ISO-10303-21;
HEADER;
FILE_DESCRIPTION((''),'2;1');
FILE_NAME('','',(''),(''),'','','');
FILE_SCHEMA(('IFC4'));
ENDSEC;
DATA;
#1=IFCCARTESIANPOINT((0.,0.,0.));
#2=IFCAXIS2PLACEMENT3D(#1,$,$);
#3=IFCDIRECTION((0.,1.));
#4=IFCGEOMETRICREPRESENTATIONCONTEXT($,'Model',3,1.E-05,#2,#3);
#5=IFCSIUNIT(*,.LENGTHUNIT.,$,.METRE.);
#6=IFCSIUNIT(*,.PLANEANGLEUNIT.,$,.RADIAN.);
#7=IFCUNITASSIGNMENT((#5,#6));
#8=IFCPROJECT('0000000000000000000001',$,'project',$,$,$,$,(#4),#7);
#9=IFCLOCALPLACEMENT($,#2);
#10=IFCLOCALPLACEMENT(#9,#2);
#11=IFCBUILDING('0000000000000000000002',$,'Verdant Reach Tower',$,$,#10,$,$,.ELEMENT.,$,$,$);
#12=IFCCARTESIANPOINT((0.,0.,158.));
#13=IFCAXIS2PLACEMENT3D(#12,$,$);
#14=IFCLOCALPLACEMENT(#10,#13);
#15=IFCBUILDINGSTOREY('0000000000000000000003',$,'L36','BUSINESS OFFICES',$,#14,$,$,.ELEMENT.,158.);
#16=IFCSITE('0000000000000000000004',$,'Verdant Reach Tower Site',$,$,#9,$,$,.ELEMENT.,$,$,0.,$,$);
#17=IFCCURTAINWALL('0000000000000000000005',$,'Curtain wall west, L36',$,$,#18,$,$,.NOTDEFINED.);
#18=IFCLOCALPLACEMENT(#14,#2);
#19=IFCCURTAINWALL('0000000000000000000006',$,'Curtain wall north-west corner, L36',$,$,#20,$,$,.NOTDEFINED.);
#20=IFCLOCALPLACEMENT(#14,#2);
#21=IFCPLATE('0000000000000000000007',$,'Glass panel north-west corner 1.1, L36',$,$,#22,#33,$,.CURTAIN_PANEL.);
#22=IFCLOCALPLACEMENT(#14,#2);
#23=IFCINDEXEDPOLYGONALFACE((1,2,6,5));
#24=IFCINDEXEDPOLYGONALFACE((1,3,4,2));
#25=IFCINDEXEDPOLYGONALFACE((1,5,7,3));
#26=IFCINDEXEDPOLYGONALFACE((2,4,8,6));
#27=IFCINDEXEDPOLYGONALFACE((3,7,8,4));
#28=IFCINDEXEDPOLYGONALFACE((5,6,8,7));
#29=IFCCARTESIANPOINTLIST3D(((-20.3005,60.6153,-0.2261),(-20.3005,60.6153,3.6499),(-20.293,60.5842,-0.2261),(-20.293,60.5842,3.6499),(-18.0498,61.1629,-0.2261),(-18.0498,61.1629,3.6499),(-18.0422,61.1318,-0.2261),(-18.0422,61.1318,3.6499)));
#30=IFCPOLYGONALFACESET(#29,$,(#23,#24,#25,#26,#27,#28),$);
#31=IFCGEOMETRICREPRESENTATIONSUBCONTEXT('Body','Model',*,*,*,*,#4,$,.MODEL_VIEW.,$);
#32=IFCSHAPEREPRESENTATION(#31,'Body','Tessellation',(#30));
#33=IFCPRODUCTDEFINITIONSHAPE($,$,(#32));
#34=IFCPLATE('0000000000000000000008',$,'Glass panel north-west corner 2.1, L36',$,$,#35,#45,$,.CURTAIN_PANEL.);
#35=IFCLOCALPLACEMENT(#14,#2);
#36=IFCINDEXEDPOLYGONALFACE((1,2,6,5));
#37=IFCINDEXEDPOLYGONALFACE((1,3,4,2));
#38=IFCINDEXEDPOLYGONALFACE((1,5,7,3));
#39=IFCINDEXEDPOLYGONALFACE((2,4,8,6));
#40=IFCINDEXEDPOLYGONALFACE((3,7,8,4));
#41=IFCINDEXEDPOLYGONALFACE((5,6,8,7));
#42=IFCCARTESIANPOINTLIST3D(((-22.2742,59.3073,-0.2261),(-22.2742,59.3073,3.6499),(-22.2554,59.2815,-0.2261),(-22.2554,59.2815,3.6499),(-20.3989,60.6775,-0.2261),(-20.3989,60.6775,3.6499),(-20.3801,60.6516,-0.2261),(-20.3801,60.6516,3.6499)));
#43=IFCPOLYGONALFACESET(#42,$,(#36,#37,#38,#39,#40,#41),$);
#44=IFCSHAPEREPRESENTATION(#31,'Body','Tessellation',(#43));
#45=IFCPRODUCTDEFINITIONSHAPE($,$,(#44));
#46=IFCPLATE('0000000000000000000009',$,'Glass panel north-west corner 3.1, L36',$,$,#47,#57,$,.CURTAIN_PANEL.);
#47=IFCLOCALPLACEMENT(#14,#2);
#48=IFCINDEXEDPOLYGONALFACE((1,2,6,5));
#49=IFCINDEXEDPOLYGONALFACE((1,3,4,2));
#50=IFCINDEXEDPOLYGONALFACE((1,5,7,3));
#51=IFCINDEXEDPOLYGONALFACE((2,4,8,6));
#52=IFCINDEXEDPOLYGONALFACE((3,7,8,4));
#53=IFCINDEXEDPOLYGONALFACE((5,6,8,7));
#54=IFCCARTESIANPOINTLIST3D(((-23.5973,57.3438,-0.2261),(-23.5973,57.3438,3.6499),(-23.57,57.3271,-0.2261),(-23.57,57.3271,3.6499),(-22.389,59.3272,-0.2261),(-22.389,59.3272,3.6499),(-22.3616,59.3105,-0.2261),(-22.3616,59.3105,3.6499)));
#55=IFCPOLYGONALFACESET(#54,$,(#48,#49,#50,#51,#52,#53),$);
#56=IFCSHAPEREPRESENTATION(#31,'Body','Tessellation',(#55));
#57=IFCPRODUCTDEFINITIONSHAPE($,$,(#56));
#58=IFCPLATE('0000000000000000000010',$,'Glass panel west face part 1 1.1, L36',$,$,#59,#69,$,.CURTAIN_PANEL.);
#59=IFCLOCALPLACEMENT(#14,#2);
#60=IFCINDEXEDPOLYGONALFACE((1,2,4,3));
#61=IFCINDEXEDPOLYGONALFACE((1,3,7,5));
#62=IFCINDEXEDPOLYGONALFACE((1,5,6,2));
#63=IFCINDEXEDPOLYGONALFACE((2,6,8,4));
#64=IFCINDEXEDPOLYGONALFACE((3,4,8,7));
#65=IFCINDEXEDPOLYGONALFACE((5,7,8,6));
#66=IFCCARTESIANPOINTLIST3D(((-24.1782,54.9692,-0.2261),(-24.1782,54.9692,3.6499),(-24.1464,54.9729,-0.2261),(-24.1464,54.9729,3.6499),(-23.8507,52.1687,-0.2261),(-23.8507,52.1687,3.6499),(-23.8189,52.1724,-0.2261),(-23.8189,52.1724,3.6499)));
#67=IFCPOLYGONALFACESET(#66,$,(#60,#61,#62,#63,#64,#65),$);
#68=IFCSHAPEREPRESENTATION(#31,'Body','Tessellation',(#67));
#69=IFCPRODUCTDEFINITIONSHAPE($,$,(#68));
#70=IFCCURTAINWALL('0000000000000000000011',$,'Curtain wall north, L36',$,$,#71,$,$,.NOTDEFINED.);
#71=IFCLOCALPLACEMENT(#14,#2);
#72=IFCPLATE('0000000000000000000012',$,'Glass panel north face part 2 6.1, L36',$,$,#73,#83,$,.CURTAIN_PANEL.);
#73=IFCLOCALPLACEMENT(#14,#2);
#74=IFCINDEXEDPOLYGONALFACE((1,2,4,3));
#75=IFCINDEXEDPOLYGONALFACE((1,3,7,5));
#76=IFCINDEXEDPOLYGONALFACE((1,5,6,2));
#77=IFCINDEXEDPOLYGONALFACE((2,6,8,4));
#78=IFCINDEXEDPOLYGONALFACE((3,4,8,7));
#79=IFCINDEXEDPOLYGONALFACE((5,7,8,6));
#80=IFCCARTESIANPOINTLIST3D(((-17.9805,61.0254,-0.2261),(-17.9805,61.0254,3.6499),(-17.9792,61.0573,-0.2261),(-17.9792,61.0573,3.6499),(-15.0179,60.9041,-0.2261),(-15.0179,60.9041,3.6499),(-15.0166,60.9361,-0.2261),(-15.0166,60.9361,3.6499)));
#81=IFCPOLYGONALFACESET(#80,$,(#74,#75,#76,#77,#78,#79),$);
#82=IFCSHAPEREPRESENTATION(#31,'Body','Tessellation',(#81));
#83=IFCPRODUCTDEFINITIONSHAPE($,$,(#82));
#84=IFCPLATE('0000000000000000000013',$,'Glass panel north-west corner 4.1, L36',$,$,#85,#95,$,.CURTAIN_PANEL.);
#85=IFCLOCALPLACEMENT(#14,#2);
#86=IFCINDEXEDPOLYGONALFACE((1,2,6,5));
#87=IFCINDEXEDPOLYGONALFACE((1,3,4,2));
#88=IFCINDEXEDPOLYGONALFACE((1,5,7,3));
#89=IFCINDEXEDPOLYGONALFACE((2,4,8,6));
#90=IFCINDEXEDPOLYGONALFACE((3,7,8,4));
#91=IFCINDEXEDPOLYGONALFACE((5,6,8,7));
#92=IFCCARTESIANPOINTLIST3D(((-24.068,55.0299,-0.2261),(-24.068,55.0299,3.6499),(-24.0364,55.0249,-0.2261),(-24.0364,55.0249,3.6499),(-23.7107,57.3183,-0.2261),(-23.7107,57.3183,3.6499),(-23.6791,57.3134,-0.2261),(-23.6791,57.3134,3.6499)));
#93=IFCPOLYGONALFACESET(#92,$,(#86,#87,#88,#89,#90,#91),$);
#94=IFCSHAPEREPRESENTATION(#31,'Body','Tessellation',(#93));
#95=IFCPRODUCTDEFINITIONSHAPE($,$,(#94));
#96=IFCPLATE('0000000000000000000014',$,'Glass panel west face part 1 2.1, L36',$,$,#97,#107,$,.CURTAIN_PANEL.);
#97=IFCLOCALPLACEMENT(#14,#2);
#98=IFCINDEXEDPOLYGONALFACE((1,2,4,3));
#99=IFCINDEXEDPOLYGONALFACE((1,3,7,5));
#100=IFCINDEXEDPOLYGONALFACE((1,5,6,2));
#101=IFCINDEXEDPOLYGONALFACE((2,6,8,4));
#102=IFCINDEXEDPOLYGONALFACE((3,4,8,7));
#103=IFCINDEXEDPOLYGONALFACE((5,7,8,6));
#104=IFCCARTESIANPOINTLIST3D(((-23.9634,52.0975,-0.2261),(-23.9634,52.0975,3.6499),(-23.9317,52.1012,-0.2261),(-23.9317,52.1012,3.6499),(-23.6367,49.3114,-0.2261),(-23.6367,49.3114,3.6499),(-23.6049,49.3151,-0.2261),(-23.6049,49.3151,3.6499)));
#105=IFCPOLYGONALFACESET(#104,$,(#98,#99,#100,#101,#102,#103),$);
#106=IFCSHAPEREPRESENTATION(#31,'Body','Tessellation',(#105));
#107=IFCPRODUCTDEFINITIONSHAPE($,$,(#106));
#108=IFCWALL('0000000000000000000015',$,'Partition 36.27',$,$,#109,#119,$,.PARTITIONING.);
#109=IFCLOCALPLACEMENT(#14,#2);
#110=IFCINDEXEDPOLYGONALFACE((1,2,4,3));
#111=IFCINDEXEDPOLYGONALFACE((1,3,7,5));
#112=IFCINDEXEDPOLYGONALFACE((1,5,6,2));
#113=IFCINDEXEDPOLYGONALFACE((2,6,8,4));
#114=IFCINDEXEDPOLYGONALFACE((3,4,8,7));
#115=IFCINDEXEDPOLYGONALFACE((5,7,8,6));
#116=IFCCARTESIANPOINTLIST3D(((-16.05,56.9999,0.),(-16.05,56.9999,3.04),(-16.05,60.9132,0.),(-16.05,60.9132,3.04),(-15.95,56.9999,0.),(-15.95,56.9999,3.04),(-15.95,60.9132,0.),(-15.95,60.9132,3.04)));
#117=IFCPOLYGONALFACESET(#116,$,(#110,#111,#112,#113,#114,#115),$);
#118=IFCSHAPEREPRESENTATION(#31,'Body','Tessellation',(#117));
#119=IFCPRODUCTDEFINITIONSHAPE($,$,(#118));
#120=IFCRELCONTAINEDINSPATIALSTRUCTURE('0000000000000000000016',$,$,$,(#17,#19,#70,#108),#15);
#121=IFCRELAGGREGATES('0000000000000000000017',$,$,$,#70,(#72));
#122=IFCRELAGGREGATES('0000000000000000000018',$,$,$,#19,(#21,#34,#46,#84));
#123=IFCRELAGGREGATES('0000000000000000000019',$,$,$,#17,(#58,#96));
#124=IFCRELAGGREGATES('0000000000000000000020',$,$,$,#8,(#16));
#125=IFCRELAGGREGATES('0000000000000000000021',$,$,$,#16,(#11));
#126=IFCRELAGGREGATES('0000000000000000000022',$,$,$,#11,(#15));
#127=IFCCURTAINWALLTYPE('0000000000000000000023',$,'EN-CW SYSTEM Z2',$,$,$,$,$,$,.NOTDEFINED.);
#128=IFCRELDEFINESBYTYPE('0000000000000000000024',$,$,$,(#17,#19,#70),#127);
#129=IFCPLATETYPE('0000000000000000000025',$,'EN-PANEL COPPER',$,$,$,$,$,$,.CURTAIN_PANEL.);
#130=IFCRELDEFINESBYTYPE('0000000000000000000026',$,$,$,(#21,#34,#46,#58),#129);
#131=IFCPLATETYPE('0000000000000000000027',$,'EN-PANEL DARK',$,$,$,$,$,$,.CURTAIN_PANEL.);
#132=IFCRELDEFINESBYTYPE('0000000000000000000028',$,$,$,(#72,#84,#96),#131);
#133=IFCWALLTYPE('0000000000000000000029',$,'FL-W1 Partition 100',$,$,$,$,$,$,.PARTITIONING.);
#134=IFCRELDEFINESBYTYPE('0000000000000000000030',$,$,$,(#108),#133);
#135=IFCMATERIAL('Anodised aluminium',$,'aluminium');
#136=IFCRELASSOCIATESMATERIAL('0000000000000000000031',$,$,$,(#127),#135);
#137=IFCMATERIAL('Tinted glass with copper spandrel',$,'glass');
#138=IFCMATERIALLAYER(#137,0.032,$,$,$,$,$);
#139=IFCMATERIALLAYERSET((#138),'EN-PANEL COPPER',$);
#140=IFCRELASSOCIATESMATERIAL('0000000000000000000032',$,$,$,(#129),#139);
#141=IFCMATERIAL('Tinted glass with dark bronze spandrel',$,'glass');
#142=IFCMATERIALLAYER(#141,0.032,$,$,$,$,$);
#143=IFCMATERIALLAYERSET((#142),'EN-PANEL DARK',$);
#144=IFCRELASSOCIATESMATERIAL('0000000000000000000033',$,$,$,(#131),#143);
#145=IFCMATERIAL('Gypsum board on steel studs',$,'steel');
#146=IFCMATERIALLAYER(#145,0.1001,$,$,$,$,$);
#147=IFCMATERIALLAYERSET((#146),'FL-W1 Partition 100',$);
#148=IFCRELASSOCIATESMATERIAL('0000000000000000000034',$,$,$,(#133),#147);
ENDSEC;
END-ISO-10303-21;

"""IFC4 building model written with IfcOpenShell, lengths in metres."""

from ifc_helpers import new_model, si_unit, direction, frame, frame_2d, origin, origin_2d, place, context, subcontext, project, spatial, rectangle, extrude, material, layer, layer_set, type_object, element, aggregate, save


model = new_model("IFC4")

# Units and contexts
model_context = context("Model", 3, precision=1e-05, world=origin(), true_north=direction((0.0, 1.0)))
body_context = subcontext(model_context, "Body", "Model", "MODEL_VIEW")
ifc_project = project(units=[si_unit("LENGTHUNIT", "METRE"), si_unit("PLANEANGLEUNIT", "RADIAN")], contexts=[model_context])

# Site, building, storey
site_placement = place(None, origin())
site = spatial("IfcSite", under=ifc_project, at=site_placement, Name="Verdant Reach Tower Site", CompositionType="ELEMENT", RefElevation=0.0)
building_placement = place(site_placement, origin())
building = spatial("IfcBuilding", under=site, at=building_placement, Name="Verdant Reach Tower", CompositionType="ELEMENT")
storey_placement = place(building_placement, frame((0.0, 0.0, 158.0)))
storey = spatial("IfcBuildingStorey", under=building, at=storey_placement, Name="L36", Description="BUSINESS OFFICES", CompositionType="ELEMENT", Elevation=158.0)

# Curtain wall
ifc_material_1 = material(Name="Anodised aluminium", Category="aluminium")
curtain_wall_type = type_object("IfcCurtainWallType", Name="EN-CW SYSTEM Z2", PredefinedType="NOTDEFINED", material=ifc_material_1)
curtain_wall_1_placement = place(storey_placement, origin())
curtain_wall_1 = element("IfcCurtainWall", 1, at=curtain_wall_1_placement, inside=storey, type_object=curtain_wall_type, Name="Curtain wall west, L36", PredefinedType="NOTDEFINED")

# Curtain wall, plates
curtain_wall_2_placement = place(storey_placement, origin())
curtain_wall_2 = element("IfcCurtainWall", 2, at=curtain_wall_2_placement, inside=storey, type_object=curtain_wall_type, Name="Curtain wall north-west corner, L36", PredefinedType="NOTDEFINED")
ifc_material_2 = material(Name="Tinted glass with copper spandrel", Category="glass")
ifc_layer_1 = layer(ifc_material_2, 0.032)
ifc_layer_set_1 = layer_set([ifc_layer_1], Name="EN-PANEL COPPER")
plate_type_1 = type_object("IfcPlateType", Name="EN-PANEL COPPER", PredefinedType="CURTAIN_PANEL", material=ifc_layer_set_1)
plate_1_placement = place(storey_placement, frame((-19.1714, 60.8735, -0.2261), z_axis=(0.0, 0.0, 1.0), x_axis=(-0.971658, -0.236391, 0.0)))
plate_1 = element("IfcPlate", 3, at=plate_1_placement, type_object=plate_type_1, Name="Glass panel north-west corner 1.1, L36", PredefinedType="CURTAIN_PANEL", context=body_context, shape_type="SweptSolid", body=[
    extrude(rectangle(XDim=2.3164, YDim=0.032, at=origin_2d()), origin(), (0.0, 0.0, 1.0), 3.876),
])
plate_2_placement = place(storey_placement, frame((-21.3271, 59.9795, -0.2261), z_axis=(0.0, 0.0, 1.0), x_axis=(-0.807457, -0.589927, 0.0)))
plate_2 = element("IfcPlate", 4, at=plate_2_placement, type_object=plate_type_1, Name="Glass panel north-west corner 2.1, L36", PredefinedType="CURTAIN_PANEL", context=body_context, shape_type="SweptSolid", body=[
    extrude(rectangle(XDim=2.3225, YDim=0.032, at=origin_2d()), origin(), (0.0, 0.0, 1.0), 3.876),
])
plate_3_placement = place(storey_placement, frame((-22.9795, 58.3271, -0.2261), z_axis=(0.0, 0.0, 1.0), x_axis=(-0.520292, -0.853989, 0.0)))
plate_3 = element("IfcPlate", 5, at=plate_3_placement, type_object=plate_type_1, Name="Glass panel north-west corner 3.1, L36", PredefinedType="CURTAIN_PANEL", context=body_context, shape_type="SweptSolid", body=[
    extrude(rectangle(XDim=2.3225, YDim=0.032, at=origin_2d()), origin(), (0.0, 0.0, 1.0), 3.876),
])

# Plate
plate_4_placement = place(storey_placement, frame((-23.9985, 53.5708, -0.2261), z_axis=(0.0, 0.0, 1.0), x_axis=(0.116147, -0.993232, 0.0)))
plate_4 = element("IfcPlate", 6, at=plate_4_placement, type_object=plate_type_1, Name="Glass panel west face part 1 1.1, L36", PredefinedType="CURTAIN_PANEL", context=body_context, shape_type="SweptSolid", body=[
    extrude(rectangle(XDim=2.8196, YDim=0.032, at=origin_2d()), origin(), (0.0, 0.0, 1.0), 3.876),
])

# Curtain wall, plate
curtain_wall_3_placement = place(storey_placement, origin())
curtain_wall_3 = element("IfcCurtainWall", 7, at=curtain_wall_3_placement, inside=storey, type_object=curtain_wall_type, Name="Curtain wall north, L36", PredefinedType="NOTDEFINED")
ifc_material_3 = material(Name="Tinted glass with dark bronze spandrel", Category="glass")
ifc_layer_2 = layer(ifc_material_3, 0.032)
ifc_layer_set_2 = layer_set([ifc_layer_2], Name="EN-PANEL DARK")
plate_type_2 = type_object("IfcPlateType", Name="EN-PANEL DARK", PredefinedType="CURTAIN_PANEL", material=ifc_layer_set_2)
plate_5_placement = place(storey_placement, frame((-16.4985, 60.9807, -0.2261), z_axis=(0.0, 0.0, 1.0), x_axis=(-0.999163, 0.0409, 0.0)))
plate_5 = element("IfcPlate", 8, at=plate_5_placement, type_object=plate_type_2, Name="Glass panel north face part 2 6.1, L36", PredefinedType="CURTAIN_PANEL", context=body_context, shape_type="SweptSolid", body=[
    extrude(rectangle(XDim=2.9651, YDim=0.032, at=origin_2d()), origin(), (0.0, 0.0, 1.0), 3.876),
])
aggregate(curtain_wall_3, [plate_5])

# Plates
plate_6_placement = place(storey_placement, frame((-23.8735, 56.1716, -0.2261), z_axis=(0.0, 0.0, 1.0), x_axis=(-0.154281, -0.988027, 0.0)))
plate_6 = element("IfcPlate", 9, at=plate_6_placement, type_object=plate_type_2, Name="Glass panel north-west corner 4.1, L36", PredefinedType="CURTAIN_PANEL", context=body_context, shape_type="SweptSolid", body=[
    extrude(rectangle(XDim=2.3162, YDim=0.032, at=origin_2d()), origin(), (0.0, 0.0, 1.0), 3.876),
])
aggregate(curtain_wall_2, [plate_1, plate_2, plate_3, plate_6])
plate_7_placement = place(storey_placement, frame((-23.7842, 50.7063, -0.2261), z_axis=(0.0, 0.0, 1.0), x_axis=(0.116483, -0.993193, 0.0)))
plate_7 = element("IfcPlate", 10, at=plate_7_placement, type_object=plate_type_2, Name="Glass panel west face part 1 2.1, L36", PredefinedType="CURTAIN_PANEL", context=body_context, shape_type="SweptSolid", body=[
    extrude(rectangle(XDim=2.8052, YDim=0.032, at=origin_2d()), origin(), (0.0, 0.0, 1.0), 3.876),
])
aggregate(curtain_wall_1, [plate_4, plate_7])

# Wall
ifc_material_4 = material(Name="Gypsum board on steel studs", Category="steel")
ifc_layer_3 = layer(ifc_material_4, 0.1001)
ifc_layer_set_3 = layer_set([ifc_layer_3], Name="FL-W1 Partition 100")
wall_type = type_object("IfcWallType", Name="FL-W1 Partition 100", PredefinedType="PARTITIONING", material=ifc_layer_set_3)
wall_placement = place(storey_placement, frame((-16.0, 57.0, 0.0), z_axis=(0.0, 0.0, 1.0), x_axis=(0.0, 1.0, 0.0)))
element("IfcWall", 11, at=wall_placement, inside=storey, type_object=wall_type, Name="Partition 36.27", PredefinedType="PARTITIONING", context=body_context, shape_type="SweptSolid", body=[
    extrude(rectangle(XDim=3.9133, YDim=0.1001, at=frame_2d((1.9565, 0.0))), origin(), (0.0, 0.0, 1.0), 3.04),
])

save(model, "model.ifc")
